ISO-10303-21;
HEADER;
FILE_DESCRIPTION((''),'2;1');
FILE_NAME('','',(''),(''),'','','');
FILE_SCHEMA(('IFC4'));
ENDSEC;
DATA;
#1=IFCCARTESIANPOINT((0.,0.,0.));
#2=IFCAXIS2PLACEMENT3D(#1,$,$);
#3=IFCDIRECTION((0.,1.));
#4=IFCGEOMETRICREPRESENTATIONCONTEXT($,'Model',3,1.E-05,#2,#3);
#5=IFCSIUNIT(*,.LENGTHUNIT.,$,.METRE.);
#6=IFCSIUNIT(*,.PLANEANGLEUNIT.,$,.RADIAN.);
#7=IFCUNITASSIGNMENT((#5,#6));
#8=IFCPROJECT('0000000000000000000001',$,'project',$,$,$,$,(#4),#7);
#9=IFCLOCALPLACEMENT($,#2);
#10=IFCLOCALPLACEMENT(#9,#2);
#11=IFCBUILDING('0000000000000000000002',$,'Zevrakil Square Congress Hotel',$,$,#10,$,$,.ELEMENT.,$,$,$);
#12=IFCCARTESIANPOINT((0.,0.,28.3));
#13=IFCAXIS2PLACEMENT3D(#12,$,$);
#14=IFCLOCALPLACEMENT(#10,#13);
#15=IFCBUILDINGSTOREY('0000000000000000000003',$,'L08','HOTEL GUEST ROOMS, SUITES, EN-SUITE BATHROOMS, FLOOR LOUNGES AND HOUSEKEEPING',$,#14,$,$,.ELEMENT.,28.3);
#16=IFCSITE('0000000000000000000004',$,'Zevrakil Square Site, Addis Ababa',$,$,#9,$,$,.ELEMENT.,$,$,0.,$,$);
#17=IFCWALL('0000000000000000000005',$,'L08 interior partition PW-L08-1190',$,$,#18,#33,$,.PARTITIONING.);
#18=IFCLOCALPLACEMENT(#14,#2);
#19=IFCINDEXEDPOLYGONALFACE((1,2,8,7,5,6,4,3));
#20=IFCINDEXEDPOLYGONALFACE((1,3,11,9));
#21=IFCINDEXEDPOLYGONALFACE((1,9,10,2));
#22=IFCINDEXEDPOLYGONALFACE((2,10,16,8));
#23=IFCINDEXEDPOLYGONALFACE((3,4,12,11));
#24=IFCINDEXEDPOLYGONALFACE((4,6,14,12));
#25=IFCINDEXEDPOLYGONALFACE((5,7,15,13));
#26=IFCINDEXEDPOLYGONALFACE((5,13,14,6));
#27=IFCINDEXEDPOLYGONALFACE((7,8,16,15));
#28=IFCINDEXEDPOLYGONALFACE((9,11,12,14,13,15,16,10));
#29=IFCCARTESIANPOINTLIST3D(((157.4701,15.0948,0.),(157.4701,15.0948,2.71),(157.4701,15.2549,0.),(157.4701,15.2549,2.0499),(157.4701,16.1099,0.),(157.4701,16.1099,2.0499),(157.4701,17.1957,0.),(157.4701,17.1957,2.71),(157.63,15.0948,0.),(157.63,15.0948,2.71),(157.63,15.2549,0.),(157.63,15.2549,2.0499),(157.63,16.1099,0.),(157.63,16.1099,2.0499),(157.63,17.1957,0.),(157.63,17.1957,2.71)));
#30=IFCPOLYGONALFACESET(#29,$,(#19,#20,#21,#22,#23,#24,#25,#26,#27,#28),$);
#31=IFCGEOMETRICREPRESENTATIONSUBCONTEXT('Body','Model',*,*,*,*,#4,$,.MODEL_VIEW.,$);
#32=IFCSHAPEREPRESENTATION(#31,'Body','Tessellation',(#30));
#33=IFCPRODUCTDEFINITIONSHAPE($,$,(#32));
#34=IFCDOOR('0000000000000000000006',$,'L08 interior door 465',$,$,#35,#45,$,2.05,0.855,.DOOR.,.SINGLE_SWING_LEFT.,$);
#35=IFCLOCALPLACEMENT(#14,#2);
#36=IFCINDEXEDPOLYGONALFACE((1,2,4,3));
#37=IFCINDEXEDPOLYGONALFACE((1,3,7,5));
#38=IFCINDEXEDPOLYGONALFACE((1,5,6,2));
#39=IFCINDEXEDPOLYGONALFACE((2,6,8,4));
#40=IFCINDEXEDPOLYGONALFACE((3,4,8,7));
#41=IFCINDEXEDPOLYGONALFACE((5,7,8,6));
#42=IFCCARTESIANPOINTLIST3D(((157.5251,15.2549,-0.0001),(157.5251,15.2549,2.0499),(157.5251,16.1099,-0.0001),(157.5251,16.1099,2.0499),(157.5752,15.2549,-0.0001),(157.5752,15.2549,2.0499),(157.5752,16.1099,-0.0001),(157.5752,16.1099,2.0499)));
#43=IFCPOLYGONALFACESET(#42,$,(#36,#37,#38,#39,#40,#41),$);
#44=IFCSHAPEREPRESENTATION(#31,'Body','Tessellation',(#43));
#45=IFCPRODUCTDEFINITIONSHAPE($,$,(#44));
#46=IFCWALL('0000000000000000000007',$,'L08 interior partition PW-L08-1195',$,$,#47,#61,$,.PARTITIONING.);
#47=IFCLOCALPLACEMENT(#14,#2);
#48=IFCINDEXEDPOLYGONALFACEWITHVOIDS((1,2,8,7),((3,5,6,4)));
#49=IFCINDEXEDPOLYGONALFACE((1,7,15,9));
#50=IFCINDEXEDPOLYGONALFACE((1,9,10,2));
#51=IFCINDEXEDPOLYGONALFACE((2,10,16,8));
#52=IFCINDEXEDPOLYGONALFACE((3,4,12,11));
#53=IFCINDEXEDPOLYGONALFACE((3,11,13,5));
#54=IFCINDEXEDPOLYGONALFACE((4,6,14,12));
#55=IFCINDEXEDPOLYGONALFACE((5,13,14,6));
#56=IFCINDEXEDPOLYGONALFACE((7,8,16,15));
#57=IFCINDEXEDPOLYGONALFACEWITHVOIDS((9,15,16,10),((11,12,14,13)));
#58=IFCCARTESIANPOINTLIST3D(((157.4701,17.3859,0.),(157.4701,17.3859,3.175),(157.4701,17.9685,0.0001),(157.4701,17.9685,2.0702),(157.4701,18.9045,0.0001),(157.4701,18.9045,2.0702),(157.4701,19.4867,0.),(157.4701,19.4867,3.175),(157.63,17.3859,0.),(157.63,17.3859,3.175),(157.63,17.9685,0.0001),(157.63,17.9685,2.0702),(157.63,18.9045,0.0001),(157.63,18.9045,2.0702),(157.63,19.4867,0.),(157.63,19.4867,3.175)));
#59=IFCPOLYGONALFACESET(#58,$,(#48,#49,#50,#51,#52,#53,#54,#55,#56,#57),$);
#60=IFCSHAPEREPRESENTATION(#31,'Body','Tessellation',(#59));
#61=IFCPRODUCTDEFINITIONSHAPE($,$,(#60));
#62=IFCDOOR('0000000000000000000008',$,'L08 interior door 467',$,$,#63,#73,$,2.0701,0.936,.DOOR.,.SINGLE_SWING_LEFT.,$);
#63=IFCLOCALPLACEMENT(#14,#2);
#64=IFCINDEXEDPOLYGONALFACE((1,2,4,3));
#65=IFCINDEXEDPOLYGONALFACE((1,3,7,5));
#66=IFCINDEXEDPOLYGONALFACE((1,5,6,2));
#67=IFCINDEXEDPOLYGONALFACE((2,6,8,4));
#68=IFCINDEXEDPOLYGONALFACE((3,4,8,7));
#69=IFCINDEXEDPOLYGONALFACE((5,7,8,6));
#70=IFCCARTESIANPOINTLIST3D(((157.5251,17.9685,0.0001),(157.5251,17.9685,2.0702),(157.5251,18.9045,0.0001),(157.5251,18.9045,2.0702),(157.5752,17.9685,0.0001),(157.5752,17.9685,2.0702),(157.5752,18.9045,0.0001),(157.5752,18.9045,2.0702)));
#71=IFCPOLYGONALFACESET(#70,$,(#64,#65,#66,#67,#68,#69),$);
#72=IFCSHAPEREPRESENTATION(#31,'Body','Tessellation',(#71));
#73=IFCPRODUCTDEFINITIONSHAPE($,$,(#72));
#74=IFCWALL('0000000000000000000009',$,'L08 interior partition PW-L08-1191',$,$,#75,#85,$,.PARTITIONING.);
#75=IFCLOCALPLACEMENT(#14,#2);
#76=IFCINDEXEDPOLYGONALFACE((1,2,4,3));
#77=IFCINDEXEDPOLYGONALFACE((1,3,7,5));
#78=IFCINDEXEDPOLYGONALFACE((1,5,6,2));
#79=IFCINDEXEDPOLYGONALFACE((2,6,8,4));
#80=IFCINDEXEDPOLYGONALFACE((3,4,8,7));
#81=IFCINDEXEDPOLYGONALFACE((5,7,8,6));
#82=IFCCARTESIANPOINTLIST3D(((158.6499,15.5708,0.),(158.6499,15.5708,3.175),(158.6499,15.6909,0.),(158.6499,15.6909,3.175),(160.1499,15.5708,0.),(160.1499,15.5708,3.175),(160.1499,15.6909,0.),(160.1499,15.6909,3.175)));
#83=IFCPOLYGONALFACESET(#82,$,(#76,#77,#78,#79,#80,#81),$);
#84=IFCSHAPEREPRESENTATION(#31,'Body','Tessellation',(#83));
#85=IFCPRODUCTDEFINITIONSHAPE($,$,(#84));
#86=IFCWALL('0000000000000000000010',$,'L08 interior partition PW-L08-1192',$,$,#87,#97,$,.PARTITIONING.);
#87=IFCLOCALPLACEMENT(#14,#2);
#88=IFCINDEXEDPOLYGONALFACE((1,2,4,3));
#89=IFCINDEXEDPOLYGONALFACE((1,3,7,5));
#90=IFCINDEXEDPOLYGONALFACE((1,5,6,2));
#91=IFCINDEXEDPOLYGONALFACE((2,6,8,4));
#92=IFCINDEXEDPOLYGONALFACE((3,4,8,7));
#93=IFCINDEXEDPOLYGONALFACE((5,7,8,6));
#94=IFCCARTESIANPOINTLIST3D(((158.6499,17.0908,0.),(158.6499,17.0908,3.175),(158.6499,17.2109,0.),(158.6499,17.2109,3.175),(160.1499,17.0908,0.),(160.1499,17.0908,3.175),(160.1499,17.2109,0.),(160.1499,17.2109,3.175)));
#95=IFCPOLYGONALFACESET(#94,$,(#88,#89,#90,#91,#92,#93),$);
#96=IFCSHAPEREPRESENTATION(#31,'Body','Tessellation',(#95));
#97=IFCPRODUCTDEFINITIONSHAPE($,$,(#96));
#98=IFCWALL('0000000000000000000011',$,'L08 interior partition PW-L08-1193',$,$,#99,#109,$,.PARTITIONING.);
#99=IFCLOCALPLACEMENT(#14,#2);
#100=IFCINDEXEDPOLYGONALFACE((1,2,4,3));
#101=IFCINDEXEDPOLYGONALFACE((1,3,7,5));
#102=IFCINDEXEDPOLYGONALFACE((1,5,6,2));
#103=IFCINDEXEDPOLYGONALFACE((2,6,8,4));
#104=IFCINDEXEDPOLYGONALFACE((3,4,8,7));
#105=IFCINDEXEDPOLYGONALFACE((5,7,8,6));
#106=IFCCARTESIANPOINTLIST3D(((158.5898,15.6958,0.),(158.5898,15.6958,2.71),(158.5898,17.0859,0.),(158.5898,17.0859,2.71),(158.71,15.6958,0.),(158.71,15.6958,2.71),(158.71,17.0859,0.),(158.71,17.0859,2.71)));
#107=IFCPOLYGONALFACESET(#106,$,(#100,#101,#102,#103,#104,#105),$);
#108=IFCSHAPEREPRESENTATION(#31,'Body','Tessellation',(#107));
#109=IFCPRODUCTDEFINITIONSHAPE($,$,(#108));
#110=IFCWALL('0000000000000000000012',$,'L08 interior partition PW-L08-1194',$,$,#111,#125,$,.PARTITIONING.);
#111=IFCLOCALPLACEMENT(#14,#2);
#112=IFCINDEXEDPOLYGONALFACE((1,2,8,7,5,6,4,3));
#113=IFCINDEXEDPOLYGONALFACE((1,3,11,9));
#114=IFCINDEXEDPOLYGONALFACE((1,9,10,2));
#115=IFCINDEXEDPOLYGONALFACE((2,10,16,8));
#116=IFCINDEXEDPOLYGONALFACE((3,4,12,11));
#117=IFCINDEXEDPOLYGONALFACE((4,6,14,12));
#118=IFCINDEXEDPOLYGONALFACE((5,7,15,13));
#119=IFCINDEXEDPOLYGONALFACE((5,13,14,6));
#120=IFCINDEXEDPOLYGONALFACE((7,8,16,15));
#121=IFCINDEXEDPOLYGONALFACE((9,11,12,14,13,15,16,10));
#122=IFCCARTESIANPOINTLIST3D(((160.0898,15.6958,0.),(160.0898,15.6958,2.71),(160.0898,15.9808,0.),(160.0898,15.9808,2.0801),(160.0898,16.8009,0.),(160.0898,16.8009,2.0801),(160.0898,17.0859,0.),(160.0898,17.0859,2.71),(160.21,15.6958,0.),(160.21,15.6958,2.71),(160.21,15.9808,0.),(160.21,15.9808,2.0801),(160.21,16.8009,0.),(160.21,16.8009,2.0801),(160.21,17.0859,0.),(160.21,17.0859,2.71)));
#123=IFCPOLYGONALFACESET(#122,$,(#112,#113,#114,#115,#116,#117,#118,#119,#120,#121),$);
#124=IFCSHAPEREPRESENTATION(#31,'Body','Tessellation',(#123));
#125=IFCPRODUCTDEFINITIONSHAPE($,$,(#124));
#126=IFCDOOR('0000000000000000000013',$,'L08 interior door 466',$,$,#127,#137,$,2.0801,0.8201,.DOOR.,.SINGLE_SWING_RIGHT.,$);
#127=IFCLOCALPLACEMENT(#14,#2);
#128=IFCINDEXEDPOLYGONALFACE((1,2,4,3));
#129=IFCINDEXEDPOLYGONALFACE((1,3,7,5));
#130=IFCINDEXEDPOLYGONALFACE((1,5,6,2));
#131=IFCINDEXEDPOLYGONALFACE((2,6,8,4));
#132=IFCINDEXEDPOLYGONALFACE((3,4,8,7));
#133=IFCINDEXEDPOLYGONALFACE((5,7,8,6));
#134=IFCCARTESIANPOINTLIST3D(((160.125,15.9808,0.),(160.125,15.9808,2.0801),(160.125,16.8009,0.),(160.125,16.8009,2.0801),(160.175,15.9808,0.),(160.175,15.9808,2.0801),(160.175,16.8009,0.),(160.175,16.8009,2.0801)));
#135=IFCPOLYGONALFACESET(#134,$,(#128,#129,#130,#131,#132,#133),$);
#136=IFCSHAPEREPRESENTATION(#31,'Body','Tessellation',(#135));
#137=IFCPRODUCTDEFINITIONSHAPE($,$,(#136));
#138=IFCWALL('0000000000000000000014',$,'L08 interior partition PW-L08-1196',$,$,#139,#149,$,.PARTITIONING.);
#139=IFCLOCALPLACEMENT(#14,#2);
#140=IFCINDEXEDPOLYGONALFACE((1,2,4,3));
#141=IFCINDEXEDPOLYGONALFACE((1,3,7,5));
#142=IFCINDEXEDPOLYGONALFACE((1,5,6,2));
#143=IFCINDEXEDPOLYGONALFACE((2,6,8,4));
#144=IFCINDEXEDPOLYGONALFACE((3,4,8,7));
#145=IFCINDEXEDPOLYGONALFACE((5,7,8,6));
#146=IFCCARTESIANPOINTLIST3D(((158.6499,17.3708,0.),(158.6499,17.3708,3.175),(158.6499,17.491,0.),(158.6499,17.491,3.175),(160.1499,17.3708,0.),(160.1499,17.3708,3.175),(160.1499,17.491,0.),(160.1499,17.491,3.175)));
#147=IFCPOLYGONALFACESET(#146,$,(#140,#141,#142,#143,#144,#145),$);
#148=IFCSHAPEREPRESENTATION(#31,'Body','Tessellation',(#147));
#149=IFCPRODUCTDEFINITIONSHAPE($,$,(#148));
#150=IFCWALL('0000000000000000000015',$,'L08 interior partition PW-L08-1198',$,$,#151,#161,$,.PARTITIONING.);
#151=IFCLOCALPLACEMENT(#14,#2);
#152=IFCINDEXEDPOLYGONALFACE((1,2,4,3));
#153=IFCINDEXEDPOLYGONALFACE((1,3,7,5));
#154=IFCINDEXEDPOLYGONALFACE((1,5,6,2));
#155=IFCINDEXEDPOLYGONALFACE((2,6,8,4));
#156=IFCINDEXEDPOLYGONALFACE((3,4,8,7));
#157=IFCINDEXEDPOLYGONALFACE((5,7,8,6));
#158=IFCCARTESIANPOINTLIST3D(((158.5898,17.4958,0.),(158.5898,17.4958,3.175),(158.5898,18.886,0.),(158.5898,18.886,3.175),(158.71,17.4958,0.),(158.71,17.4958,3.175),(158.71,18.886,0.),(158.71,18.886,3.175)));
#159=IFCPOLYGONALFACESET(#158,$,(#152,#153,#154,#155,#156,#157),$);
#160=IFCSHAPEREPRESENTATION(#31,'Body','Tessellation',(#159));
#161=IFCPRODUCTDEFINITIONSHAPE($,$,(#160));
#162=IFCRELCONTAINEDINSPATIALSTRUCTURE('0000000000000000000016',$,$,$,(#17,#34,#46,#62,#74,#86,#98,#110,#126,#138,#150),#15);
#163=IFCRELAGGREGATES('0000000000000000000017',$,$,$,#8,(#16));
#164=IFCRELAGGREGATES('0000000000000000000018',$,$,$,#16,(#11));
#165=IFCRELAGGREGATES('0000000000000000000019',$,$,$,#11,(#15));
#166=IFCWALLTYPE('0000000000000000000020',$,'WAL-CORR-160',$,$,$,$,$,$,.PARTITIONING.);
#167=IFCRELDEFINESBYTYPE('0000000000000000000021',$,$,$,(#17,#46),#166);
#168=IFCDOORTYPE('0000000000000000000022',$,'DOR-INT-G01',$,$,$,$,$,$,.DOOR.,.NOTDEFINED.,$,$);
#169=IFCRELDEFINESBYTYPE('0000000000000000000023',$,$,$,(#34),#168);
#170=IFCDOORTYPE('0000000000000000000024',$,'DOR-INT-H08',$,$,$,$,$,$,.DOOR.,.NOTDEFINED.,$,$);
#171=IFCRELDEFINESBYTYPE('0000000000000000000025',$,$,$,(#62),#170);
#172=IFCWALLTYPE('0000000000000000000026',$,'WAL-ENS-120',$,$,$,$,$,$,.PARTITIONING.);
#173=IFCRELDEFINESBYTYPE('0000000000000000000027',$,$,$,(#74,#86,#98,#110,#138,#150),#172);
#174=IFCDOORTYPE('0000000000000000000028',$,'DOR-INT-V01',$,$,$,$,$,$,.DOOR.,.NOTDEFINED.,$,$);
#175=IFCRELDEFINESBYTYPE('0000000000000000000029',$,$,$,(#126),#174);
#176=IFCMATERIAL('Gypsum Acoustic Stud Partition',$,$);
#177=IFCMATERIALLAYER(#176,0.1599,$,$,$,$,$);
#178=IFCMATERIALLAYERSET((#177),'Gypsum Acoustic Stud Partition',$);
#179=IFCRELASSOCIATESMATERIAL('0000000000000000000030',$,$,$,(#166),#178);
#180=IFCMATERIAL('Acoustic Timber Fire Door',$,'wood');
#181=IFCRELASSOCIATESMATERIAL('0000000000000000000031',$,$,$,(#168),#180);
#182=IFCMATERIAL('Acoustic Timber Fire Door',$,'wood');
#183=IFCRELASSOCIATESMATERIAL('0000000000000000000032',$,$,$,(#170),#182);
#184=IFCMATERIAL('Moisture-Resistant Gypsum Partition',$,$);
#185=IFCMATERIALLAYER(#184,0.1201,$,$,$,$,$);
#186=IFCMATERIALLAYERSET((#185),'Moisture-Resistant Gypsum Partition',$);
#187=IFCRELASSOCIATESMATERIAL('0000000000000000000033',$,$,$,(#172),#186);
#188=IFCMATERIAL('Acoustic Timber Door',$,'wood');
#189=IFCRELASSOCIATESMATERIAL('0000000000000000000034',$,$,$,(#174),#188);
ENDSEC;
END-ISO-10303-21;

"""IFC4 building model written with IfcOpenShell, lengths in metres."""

from ifc_helpers import new_model, si_unit, direction, frame, frame_2d, origin, place, context, subcontext, project, spatial, rectangle, extrude, material, layer, layer_set, type_object, element, fill, save


model = new_model("IFC4")

# Units and contexts
model_context = context("Model", 3, precision=1e-05, world=origin(), true_north=direction((0.0, 1.0)))
body_context = subcontext(model_context, "Body", "Model", "MODEL_VIEW")
ifc_project = project(units=[si_unit("LENGTHUNIT", "METRE"), si_unit("PLANEANGLEUNIT", "RADIAN")], contexts=[model_context])

# Site, building, storey
site_placement = place(None, origin())
site = spatial("IfcSite", under=ifc_project, at=site_placement, Name="Zevrakil Square Site, Addis Ababa", CompositionType="ELEMENT", RefElevation=0.0)
building_placement = place(site_placement, origin())
building = spatial("IfcBuilding", under=site, at=building_placement, Name="Zevrakil Square Congress Hotel", CompositionType="ELEMENT")
storey_placement = place(building_placement, frame((0.0, 0.0, 28.3)))
storey = spatial("IfcBuildingStorey", under=building, at=storey_placement, Name="L08", Description="HOTEL GUEST ROOMS, SUITES, EN-SUITE BATHROOMS, FLOOR LOUNGES AND HOUSEKEEPING", CompositionType="ELEMENT", Elevation=28.3)

# Walls, openings, doors
ifc_material_1 = material(Name="Gypsum Acoustic Stud Partition")
ifc_layer_1 = layer(ifc_material_1, 0.1599)
ifc_layer_set_1 = layer_set([ifc_layer_1], Name="Gypsum Acoustic Stud Partition")
wall_type_1 = type_object("IfcWallType", Name="WAL-CORR-160", PredefinedType="PARTITIONING", material=ifc_layer_set_1)
wall_1_placement = place(storey_placement, frame((157.55, 15.095, 0.0), z_axis=(0.0, 0.0, 1.0), x_axis=(0.0, 1.0, 0.0)))
wall_1 = element("IfcWall", 1, at=wall_1_placement, inside=storey, type_object=wall_type_1, Name="L08 interior partition PW-L08-1190", PredefinedType="PARTITIONING", context=body_context, shape_type="SweptSolid", body=[
    extrude(rectangle(XDim=2.1008, YDim=0.1599, at=frame_2d((1.0503, 0.0))), origin(), (0.0, 0.0, 1.0), 2.71),
])
opening_1_placement = place(wall_1_placement, frame((0.1599, 0.0, 0.0)))
opening_1 = element("IfcOpeningElement", 2, at=opening_1_placement, cuts=wall_1, PredefinedType="OPENING", context=body_context, shape_type="SweptSolid", body=[
    extrude(rectangle(XDim=0.855, YDim=2.05, at=frame_2d((0.4275, 1.0249))), frame((0.0, 0.0898, 0.0), z_axis=(0.0, -1.0, 0.0), x_axis=(1.0, 0.0, 0.0)), (0.0, 0.0, 1.0), 0.1799),
])
ifc_material_2 = material(Name="Acoustic Timber Fire Door", Category="wood")
door_type_1 = type_object("IfcDoorType", Name="DOR-INT-G01", OperationType="NOTDEFINED", PredefinedType="DOOR", material=ifc_material_2)
door_1_placement = place(opening_1_placement, origin())
door_1 = element("IfcDoor", 3, at=door_1_placement, inside=storey, type_object=door_type_1, Name="L08 interior door 465", OperationType="SINGLE_SWING_LEFT", OverallHeight=2.05, OverallWidth=0.855, PredefinedType="DOOR", context=body_context, shape_type="SweptSolid", body=[
    extrude(rectangle(XDim=0.855, YDim=2.05, at=frame_2d((0.4275, 1.0249))), frame((0.0, 0.0249, 0.0), z_axis=(0.0, -1.0, 0.0), x_axis=(1.0, 0.0, 0.0)), (0.0, 0.0, 1.0), 0.05),
])
fill(opening_1, door_1)
wall_2_placement = place(storey_placement, frame((157.55, 17.386, 0.0), z_axis=(0.0, 0.0, 1.0), x_axis=(0.0, 1.0, 0.0)))
wall_2 = element("IfcWall", 4, at=wall_2_placement, inside=storey, type_object=wall_type_1, Name="L08 interior partition PW-L08-1195", PredefinedType="PARTITIONING", context=body_context, shape_type="SweptSolid", body=[
    extrude(rectangle(XDim=2.1008, YDim=0.1599, at=frame_2d((1.0503, 0.0))), origin(), (0.0, 0.0, 1.0), 3.175),
])
opening_2_placement = place(wall_2_placement, frame((0.5825, 0.0, 0.0)))
opening_2 = element("IfcOpeningElement", 5, at=opening_2_placement, cuts=wall_2, PredefinedType="OPENING", context=body_context, shape_type="SweptSolid", body=[
    extrude(rectangle(XDim=0.936, YDim=2.0701, at=frame_2d((0.468, 1.0352))), frame((0.0, 0.0898, 0.0), z_axis=(0.0, -1.0, 0.0), x_axis=(1.0, 0.0, 0.0)), (0.0, 0.0, 1.0), 0.1799),
])
ifc_material_3 = material(Name="Acoustic Timber Fire Door", Category="wood")
door_type_2 = type_object("IfcDoorType", Name="DOR-INT-H08", OperationType="NOTDEFINED", PredefinedType="DOOR", material=ifc_material_3)
door_2_placement = place(opening_2_placement, origin())
door_2 = element("IfcDoor", 6, at=door_2_placement, inside=storey, type_object=door_type_2, Name="L08 interior door 467", OperationType="SINGLE_SWING_LEFT", OverallHeight=2.0701, OverallWidth=0.936, PredefinedType="DOOR", context=body_context, shape_type="SweptSolid", body=[
    extrude(rectangle(XDim=0.936, YDim=2.0701, at=frame_2d((0.468, 1.0352))), frame((0.0, 0.0249, 0.0), z_axis=(0.0, -1.0, 0.0), x_axis=(1.0, 0.0, 0.0)), (0.0, 0.0, 1.0), 0.05),
])
fill(opening_2, door_2)

# Walls
ifc_material_4 = material(Name="Moisture-Resistant Gypsum Partition")
ifc_layer_2 = layer(ifc_material_4, 0.1201)
ifc_layer_set_2 = layer_set([ifc_layer_2], Name="Moisture-Resistant Gypsum Partition")
wall_type_2 = type_object("IfcWallType", Name="WAL-ENS-120", PredefinedType="PARTITIONING", material=ifc_layer_set_2)
for number, where, z_axis, x_axis, name in (
    (7, (158.6499, 15.6309, 0.0), (0.0, 0.0, 1.0), (1.0, 0.0, 0.0), "L08 interior partition PW-L08-1191"),
    (8, (158.6499, 17.1509, 0.0), (0.0, 0.0, 1.0), (1.0, 0.0, 0.0), "L08 interior partition PW-L08-1192"),
):
    element("IfcWall", number, at=place(storey_placement, frame(where, z_axis=z_axis, x_axis=x_axis)), inside=storey, type_object=wall_type_2, Name=name, PredefinedType="PARTITIONING", context=body_context, shape_type="SweptSolid", body=[
        extrude(rectangle(XDim=1.5, YDim=0.1201, at=frame_2d((0.75, 0.0))), origin(), (0.0, 0.0, 1.0), 3.175),
    ])
wall_3_placement = place(storey_placement, frame((158.6499, 15.6958, 0.0), z_axis=(0.0, 0.0, 1.0), x_axis=(0.0, 1.0, 0.0)))
element("IfcWall", 9, at=wall_3_placement, inside=storey, type_object=wall_type_2, Name="L08 interior partition PW-L08-1193", PredefinedType="PARTITIONING", context=body_context, shape_type="SweptSolid", body=[
    extrude(rectangle(XDim=1.3901, YDim=0.1201, at=frame_2d((0.6951, 0.0))), origin(), (0.0, 0.0, 1.0), 2.71),
])

# Wall, opening, door
wall_4_placement = place(storey_placement, frame((160.1499, 15.6958, 0.0), z_axis=(0.0, 0.0, 1.0), x_axis=(0.0, 1.0, 0.0)))
wall_4 = element("IfcWall", 10, at=wall_4_placement, inside=storey, type_object=wall_type_2, Name="L08 interior partition PW-L08-1194", PredefinedType="PARTITIONING", context=body_context, shape_type="SweptSolid", body=[
    extrude(rectangle(XDim=1.3901, YDim=0.1201, at=frame_2d((0.6951, 0.0))), origin(), (0.0, 0.0, 1.0), 2.71),
])
opening_3_placement = place(wall_4_placement, frame((0.2849, 0.0, 0.0)))
opening_3 = element("IfcOpeningElement", 11, at=opening_3_placement, cuts=wall_4, PredefinedType="OPENING", context=body_context, shape_type="SweptSolid", body=[
    extrude(rectangle(XDim=0.8201, YDim=2.0801, at=frame_2d((0.4102, 1.04))), frame((0.0, 0.0701, 0.0), z_axis=(0.0, -1.0, 0.0), x_axis=(1.0, 0.0, 0.0)), (0.0, 0.0, 1.0), 0.1401),
])
ifc_material_5 = material(Name="Acoustic Timber Door", Category="wood")
door_type_3 = type_object("IfcDoorType", Name="DOR-INT-V01", OperationType="NOTDEFINED", PredefinedType="DOOR", material=ifc_material_5)
door_3_placement = place(opening_3_placement, origin())
door_3 = element("IfcDoor", 12, at=door_3_placement, inside=storey, type_object=door_type_3, Name="L08 interior door 466", OperationType="SINGLE_SWING_RIGHT", OverallHeight=2.0801, OverallWidth=0.8201, PredefinedType="DOOR", context=body_context, shape_type="SweptSolid", body=[
    extrude(rectangle(XDim=0.8201, YDim=2.0801, at=frame_2d((0.4102, 1.04))), frame((0.0, 0.0249, 0.0), z_axis=(0.0, -1.0, 0.0), x_axis=(1.0, 0.0, 0.0)), (0.0, 0.0, 1.0), 0.05),
])
fill(opening_3, door_3)

# Walls
wall_5_placement = place(storey_placement, frame((158.6499, 17.4309, 0.0), z_axis=(0.0, 0.0, 1.0), x_axis=(1.0, 0.0, 0.0)))
element("IfcWall", 13, at=wall_5_placement, inside=storey, type_object=wall_type_2, Name="L08 interior partition PW-L08-1196", PredefinedType="PARTITIONING", context=body_context, shape_type="SweptSolid", body=[
    extrude(rectangle(XDim=1.5, YDim=0.1201, at=frame_2d((0.75, 0.0))), origin(), (0.0, 0.0, 1.0), 3.175),
])
wall_6_placement = place(storey_placement, frame((158.6499, 17.4958, 0.0), z_axis=(0.0, 0.0, 1.0), x_axis=(0.0, 1.0, 0.0)))
element("IfcWall", 14, at=wall_6_placement, inside=storey, type_object=wall_type_2, Name="L08 interior partition PW-L08-1198", PredefinedType="PARTITIONING", context=body_context, shape_type="SweptSolid", body=[
    extrude(rectangle(XDim=1.3901, YDim=0.1201, at=frame_2d((0.6951, 0.0))), origin(), (0.0, 0.0, 1.0), 3.175),
])

save(model, "model.ifc")
